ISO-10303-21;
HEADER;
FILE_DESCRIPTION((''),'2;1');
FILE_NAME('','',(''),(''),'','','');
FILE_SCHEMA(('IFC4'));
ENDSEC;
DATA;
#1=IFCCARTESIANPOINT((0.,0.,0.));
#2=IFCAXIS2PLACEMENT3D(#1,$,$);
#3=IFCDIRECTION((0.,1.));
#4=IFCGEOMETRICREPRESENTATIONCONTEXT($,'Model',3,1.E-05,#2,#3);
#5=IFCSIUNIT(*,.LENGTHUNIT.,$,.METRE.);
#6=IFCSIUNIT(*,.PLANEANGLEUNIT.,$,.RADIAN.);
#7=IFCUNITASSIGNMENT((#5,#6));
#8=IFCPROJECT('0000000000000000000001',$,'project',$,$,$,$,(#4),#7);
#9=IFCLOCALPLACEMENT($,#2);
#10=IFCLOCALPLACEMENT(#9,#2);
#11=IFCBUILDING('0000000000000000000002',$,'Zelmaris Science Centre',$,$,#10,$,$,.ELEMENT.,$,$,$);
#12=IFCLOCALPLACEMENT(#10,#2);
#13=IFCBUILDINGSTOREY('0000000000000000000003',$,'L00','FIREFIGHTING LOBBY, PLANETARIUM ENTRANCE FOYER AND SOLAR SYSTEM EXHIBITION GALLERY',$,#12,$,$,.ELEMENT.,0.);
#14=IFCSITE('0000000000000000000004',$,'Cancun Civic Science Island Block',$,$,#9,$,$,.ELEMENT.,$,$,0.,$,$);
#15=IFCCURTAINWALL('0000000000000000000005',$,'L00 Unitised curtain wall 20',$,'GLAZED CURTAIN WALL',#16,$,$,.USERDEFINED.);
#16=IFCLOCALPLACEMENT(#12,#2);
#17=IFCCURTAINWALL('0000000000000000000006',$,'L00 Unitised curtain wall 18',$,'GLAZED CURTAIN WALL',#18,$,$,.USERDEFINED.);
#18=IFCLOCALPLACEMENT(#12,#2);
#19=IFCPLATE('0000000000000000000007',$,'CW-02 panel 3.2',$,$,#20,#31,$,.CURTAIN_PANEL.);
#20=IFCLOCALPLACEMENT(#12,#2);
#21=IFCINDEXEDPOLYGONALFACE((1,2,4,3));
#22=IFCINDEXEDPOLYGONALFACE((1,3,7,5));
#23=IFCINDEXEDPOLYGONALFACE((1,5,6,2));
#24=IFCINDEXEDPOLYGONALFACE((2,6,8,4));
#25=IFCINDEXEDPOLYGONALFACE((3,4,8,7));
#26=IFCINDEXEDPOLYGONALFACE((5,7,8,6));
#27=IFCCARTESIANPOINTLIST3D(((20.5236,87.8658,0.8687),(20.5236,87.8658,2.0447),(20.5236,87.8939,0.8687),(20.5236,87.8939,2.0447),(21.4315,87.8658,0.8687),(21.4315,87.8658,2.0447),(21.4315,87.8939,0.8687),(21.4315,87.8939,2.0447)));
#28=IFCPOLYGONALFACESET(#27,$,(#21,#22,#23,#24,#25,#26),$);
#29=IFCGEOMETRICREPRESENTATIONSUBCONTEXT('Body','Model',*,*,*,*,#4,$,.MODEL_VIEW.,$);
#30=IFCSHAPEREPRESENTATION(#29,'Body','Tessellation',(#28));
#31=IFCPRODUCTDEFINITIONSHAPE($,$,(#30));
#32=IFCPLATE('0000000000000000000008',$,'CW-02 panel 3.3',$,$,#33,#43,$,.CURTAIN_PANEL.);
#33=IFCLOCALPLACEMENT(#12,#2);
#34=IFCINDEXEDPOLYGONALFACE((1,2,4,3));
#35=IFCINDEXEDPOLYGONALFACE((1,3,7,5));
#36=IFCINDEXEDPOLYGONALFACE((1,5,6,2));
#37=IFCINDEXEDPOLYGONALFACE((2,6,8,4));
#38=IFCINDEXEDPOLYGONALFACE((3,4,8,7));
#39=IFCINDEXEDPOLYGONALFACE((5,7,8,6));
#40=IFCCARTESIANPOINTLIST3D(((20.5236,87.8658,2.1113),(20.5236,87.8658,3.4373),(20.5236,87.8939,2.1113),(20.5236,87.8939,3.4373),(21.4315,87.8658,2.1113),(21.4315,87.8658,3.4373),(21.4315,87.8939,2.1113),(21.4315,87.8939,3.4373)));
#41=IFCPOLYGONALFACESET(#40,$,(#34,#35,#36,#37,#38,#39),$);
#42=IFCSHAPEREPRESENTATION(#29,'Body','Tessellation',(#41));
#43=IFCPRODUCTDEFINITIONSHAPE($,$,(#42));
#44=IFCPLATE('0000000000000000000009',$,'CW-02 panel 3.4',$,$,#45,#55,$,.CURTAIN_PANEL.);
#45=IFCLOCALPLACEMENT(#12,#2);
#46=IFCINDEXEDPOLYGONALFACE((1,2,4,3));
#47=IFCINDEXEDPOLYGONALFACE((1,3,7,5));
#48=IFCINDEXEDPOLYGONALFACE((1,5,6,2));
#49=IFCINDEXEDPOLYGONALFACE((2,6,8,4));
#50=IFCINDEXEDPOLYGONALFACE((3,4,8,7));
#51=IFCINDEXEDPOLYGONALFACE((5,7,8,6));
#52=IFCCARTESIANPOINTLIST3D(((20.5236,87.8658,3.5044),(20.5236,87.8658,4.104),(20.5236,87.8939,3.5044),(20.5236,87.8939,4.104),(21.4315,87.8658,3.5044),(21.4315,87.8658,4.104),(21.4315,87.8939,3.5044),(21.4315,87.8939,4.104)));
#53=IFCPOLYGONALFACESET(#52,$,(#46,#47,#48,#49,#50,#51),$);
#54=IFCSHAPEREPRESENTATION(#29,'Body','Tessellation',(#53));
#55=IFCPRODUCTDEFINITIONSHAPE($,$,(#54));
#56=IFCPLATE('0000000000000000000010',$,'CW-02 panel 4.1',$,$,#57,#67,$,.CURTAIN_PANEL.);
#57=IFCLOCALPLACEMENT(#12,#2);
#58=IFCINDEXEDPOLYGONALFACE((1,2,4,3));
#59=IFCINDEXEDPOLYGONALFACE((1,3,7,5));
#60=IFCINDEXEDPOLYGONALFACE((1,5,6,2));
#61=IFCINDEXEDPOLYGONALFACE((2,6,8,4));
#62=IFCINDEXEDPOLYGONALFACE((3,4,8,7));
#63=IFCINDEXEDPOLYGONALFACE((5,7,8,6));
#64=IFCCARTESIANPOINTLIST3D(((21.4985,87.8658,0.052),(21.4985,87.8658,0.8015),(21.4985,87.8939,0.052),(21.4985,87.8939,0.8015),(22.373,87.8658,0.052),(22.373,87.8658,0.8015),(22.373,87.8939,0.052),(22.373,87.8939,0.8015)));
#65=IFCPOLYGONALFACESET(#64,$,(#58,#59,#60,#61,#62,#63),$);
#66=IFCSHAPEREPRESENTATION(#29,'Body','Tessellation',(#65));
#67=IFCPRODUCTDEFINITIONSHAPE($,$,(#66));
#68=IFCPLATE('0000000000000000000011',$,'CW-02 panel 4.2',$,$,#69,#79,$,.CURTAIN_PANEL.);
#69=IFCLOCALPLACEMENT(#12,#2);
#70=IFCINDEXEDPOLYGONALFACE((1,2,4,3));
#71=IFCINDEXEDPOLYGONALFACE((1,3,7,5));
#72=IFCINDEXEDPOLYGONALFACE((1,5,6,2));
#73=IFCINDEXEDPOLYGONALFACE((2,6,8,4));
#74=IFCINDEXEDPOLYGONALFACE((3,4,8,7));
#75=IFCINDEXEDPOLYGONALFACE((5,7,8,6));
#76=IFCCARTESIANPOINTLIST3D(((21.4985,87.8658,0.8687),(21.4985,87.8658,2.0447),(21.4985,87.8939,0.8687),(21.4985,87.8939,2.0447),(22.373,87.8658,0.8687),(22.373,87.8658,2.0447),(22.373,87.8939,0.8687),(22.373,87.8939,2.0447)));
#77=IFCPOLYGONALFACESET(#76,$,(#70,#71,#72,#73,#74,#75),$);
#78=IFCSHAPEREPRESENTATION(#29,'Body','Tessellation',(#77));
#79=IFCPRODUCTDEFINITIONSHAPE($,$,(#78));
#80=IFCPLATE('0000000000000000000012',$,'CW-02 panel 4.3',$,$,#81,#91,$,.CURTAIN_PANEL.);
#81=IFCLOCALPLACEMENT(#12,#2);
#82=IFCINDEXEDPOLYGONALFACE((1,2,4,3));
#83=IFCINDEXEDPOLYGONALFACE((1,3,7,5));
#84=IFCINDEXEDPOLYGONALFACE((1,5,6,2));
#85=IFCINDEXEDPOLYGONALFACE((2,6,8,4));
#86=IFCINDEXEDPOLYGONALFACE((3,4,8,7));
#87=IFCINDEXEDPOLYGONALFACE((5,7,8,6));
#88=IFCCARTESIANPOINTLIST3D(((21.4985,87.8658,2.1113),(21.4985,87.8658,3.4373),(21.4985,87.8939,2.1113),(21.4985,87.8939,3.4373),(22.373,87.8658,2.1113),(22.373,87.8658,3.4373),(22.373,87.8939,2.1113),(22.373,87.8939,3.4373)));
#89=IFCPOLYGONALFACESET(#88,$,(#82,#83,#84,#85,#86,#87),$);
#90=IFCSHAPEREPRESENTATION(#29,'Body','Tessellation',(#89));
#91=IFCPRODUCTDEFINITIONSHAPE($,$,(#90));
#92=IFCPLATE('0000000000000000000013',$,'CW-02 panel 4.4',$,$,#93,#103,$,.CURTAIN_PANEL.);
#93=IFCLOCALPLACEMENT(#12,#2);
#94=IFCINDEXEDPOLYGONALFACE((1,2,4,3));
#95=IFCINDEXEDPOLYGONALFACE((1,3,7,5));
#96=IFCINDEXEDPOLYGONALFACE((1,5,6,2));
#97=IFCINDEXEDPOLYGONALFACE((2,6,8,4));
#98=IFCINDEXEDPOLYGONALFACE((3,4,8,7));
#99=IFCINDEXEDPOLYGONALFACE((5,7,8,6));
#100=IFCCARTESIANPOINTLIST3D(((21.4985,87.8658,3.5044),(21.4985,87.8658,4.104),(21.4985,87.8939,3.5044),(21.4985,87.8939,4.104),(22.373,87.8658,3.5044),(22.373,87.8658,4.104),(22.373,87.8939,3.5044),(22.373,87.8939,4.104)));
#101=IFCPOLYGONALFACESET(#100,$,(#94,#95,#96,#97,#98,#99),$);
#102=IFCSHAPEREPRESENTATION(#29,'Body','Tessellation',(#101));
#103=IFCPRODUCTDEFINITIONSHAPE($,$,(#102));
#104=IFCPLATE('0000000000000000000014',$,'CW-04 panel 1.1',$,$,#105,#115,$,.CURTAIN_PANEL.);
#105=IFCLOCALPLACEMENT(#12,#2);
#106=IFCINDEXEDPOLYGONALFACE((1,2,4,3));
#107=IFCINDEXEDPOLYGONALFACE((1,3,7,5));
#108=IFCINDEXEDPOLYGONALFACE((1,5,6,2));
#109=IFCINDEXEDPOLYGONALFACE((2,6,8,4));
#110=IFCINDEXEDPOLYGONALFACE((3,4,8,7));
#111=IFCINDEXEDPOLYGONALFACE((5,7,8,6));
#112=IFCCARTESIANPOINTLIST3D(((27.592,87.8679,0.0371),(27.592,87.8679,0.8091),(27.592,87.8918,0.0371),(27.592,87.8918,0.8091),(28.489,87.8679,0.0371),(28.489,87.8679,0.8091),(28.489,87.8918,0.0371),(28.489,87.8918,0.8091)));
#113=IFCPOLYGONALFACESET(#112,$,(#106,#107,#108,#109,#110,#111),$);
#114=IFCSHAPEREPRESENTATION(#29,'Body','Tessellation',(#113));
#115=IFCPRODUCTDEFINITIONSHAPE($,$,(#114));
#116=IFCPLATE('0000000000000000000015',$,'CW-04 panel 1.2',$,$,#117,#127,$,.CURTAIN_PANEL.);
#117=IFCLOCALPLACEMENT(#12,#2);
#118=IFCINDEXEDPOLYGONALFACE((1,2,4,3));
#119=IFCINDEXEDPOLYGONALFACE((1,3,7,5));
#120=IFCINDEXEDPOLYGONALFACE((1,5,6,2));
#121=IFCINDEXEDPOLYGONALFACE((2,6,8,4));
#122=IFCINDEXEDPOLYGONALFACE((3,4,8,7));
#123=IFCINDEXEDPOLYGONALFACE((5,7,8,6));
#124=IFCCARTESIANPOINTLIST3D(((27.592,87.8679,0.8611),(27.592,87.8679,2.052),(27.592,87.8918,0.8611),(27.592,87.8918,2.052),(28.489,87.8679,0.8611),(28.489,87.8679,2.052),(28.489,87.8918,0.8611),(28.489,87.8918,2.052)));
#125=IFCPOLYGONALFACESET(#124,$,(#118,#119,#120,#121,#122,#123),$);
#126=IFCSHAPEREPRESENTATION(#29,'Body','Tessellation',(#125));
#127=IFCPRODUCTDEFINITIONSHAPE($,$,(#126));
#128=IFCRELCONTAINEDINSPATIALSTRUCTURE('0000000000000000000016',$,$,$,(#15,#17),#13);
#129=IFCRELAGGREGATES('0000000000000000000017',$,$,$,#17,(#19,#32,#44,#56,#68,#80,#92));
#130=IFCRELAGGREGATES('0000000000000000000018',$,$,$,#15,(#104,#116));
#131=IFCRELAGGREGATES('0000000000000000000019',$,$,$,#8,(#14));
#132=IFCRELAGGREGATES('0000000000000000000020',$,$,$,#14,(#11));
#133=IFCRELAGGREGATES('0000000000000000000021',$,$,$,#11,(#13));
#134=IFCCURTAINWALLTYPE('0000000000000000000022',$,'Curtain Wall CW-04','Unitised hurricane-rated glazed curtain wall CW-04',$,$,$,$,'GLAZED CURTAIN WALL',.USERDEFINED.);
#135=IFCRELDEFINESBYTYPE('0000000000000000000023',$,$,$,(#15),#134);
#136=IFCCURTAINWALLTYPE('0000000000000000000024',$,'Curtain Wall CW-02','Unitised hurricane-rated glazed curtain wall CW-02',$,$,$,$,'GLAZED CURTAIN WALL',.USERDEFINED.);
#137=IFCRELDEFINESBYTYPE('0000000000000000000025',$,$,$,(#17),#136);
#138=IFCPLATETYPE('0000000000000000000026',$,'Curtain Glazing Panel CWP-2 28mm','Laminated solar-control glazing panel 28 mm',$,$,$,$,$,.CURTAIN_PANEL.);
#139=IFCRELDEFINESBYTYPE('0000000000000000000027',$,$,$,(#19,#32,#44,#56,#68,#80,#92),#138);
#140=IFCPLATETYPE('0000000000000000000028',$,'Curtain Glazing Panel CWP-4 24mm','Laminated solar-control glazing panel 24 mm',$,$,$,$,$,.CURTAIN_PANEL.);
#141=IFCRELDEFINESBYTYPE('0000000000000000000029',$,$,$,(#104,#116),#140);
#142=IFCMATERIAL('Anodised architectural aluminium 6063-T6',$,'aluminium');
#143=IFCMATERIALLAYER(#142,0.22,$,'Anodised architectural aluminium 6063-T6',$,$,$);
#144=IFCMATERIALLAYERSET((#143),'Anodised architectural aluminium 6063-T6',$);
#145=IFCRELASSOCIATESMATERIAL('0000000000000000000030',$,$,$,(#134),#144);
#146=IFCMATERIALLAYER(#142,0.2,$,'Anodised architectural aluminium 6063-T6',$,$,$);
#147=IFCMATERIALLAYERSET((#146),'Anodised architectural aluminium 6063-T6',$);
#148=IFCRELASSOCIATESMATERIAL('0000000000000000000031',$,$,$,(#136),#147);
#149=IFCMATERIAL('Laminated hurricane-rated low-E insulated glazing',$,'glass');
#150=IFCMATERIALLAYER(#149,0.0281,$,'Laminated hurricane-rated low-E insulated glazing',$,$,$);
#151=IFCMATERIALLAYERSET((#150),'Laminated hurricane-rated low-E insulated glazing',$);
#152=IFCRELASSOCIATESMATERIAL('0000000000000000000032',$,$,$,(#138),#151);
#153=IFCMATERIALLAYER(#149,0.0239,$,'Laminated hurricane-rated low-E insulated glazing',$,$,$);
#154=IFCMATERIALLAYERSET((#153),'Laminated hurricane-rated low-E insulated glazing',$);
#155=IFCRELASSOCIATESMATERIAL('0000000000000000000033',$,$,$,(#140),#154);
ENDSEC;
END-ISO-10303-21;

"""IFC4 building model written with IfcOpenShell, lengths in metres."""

from ifc_helpers import new_model, si_unit, direction, frame, origin, origin_2d, place, context, subcontext, project, spatial, rectangle, extrude, material, layer, layer_set, type_object, element, aggregate, save


model = new_model("IFC4")

# Units and contexts
model_context = context("Model", 3, precision=1e-05, world=origin(), true_north=direction((0.0, 1.0)))
body_context = subcontext(model_context, "Body", "Model", "MODEL_VIEW")
ifc_project = project(units=[si_unit("LENGTHUNIT", "METRE"), si_unit("PLANEANGLEUNIT", "RADIAN")], contexts=[model_context])

# Site, building, storey
site_placement = place(None, origin())
site = spatial("IfcSite", under=ifc_project, at=site_placement, Name="Cancun Civic Science Island Block", CompositionType="ELEMENT", RefElevation=0.0)
building_placement = place(site_placement, origin())
building = spatial("IfcBuilding", under=site, at=building_placement, Name="Zelmaris Science Centre", CompositionType="ELEMENT")
storey_placement = place(building_placement, origin())
storey = spatial("IfcBuildingStorey", under=building, at=storey_placement, Name="L00", Description="FIREFIGHTING LOBBY, PLANETARIUM ENTRANCE FOYER AND SOLAR SYSTEM EXHIBITION GALLERY", CompositionType="ELEMENT", Elevation=0.0)

# Curtain wall
ifc_material_1 = material(Name="Anodised architectural aluminium 6063-T6", Category="aluminium")
ifc_layer_1 = layer(ifc_material_1, 0.22, Name="Anodised architectural aluminium 6063-T6")
ifc_layer_set_1 = layer_set([ifc_layer_1], Name="Anodised architectural aluminium 6063-T6")
curtain_wall_type_1 = type_object("IfcCurtainWallType", Name="Curtain Wall CW-04", Description="Unitised hurricane-rated glazed curtain wall CW-04", ElementType="GLAZED CURTAIN WALL", PredefinedType="USERDEFINED", material=ifc_layer_set_1)
curtain_wall_1_placement = place(storey_placement, origin())
curtain_wall_1 = element("IfcCurtainWall", 1, at=curtain_wall_1_placement, inside=storey, type_object=curtain_wall_type_1, Name="L00 Unitised curtain wall 20", ObjectType="GLAZED CURTAIN WALL", PredefinedType="USERDEFINED")

# Curtain wall
ifc_layer_2 = layer(ifc_material_1, 0.2, Name="Anodised architectural aluminium 6063-T6")
ifc_layer_set_2 = layer_set([ifc_layer_2], Name="Anodised architectural aluminium 6063-T6")
curtain_wall_type_2 = type_object("IfcCurtainWallType", Name="Curtain Wall CW-02", Description="Unitised hurricane-rated glazed curtain wall CW-02", ElementType="GLAZED CURTAIN WALL", PredefinedType="USERDEFINED", material=ifc_layer_set_2)
curtain_wall_2_placement = place(storey_placement, origin())
curtain_wall_2 = element("IfcCurtainWall", 2, at=curtain_wall_2_placement, inside=storey, type_object=curtain_wall_type_2, Name="L00 Unitised curtain wall 18", ObjectType="GLAZED CURTAIN WALL", PredefinedType="USERDEFINED")

# Plates
ifc_material_2 = material(Name="Laminated hurricane-rated low-E insulated glazing", Category="glass")
ifc_layer_3 = layer(ifc_material_2, 0.0281, Name="Laminated hurricane-rated low-E insulated glazing")
ifc_layer_set_3 = layer_set([ifc_layer_3], Name="Laminated hurricane-rated low-E insulated glazing")
plate_type_1 = type_object("IfcPlateType", Name="Curtain Glazing Panel CWP-2 28mm", Description="Laminated solar-control glazing panel 28 mm", PredefinedType="CURTAIN_PANEL", material=ifc_layer_set_3)
plate_1_placement = place(storey_placement, frame((20.9775, 87.8799, 0.8687), z_axis=(0.0, 0.0, 1.0), x_axis=(1.0, 0.0, 0.0)))
plate_1 = element("IfcPlate", 3, at=plate_1_placement, type_object=plate_type_1, Name="CW-02 panel 3.2", PredefinedType="CURTAIN_PANEL", context=body_context, shape_type="SweptSolid", body=[
    extrude(rectangle(XDim=0.908, YDim=0.0281, at=origin_2d()), origin(), (0.0, 0.0, 1.0), 1.176),
])
plate_2_placement = place(storey_placement, frame((20.9775, 87.8799, 2.1113), z_axis=(0.0, 0.0, 1.0), x_axis=(1.0, 0.0, 0.0)))
plate_2 = element("IfcPlate", 4, at=plate_2_placement, type_object=plate_type_1, Name="CW-02 panel 3.3", PredefinedType="CURTAIN_PANEL", context=body_context, shape_type="SweptSolid", body=[
    extrude(rectangle(XDim=0.908, YDim=0.0281, at=origin_2d()), origin(), (0.0, 0.0, 1.0), 1.3259),
])
plate_3_placement = place(storey_placement, frame((20.9775, 87.8799, 3.5044), z_axis=(0.0, 0.0, 1.0), x_axis=(1.0, 0.0, 0.0)))
plate_3 = element("IfcPlate", 5, at=plate_3_placement, type_object=plate_type_1, Name="CW-02 panel 3.4", PredefinedType="CURTAIN_PANEL", context=body_context, shape_type="SweptSolid", body=[
    extrude(rectangle(XDim=0.908, YDim=0.0281, at=origin_2d()), origin(), (0.0, 0.0, 1.0), 0.5996),
])
plate_4_placement = place(storey_placement, frame((21.9358, 87.8799, 0.052), z_axis=(0.0, 0.0, 1.0), x_axis=(1.0, 0.0, 0.0)))
plate_4 = element("IfcPlate", 6, at=plate_4_placement, type_object=plate_type_1, Name="CW-02 panel 4.1", PredefinedType="CURTAIN_PANEL", context=body_context, shape_type="SweptSolid", body=[
    extrude(rectangle(XDim=0.8745, YDim=0.0281, at=origin_2d()), origin(), (0.0, 0.0, 1.0), 0.7495),
])
plate_5_placement = place(storey_placement, frame((21.9358, 87.8799, 0.8687), z_axis=(0.0, 0.0, 1.0), x_axis=(1.0, 0.0, 0.0)))
plate_5 = element("IfcPlate", 7, at=plate_5_placement, type_object=plate_type_1, Name="CW-02 panel 4.2", PredefinedType="CURTAIN_PANEL", context=body_context, shape_type="SweptSolid", body=[
    extrude(rectangle(XDim=0.8745, YDim=0.0281, at=origin_2d()), origin(), (0.0, 0.0, 1.0), 1.176),
])
plate_6_placement = place(storey_placement, frame((21.9358, 87.8799, 2.1113), z_axis=(0.0, 0.0, 1.0), x_axis=(1.0, 0.0, 0.0)))
plate_6 = element("IfcPlate", 8, at=plate_6_placement, type_object=plate_type_1, Name="CW-02 panel 4.3", PredefinedType="CURTAIN_PANEL", context=body_context, shape_type="SweptSolid", body=[
    extrude(rectangle(XDim=0.8745, YDim=0.0281, at=origin_2d()), origin(), (0.0, 0.0, 1.0), 1.3259),
])
plate_7_placement = place(storey_placement, frame((21.9358, 87.8799, 3.5044), z_axis=(0.0, 0.0, 1.0), x_axis=(1.0, 0.0, 0.0)))
plate_7 = element("IfcPlate", 9, at=plate_7_placement, type_object=plate_type_1, Name="CW-02 panel 4.4", PredefinedType="CURTAIN_PANEL", context=body_context, shape_type="SweptSolid", body=[
    extrude(rectangle(XDim=0.8745, YDim=0.0281, at=origin_2d()), origin(), (0.0, 0.0, 1.0), 0.5996),
])
aggregate(curtain_wall_2, [plate_1, plate_2, plate_3, plate_4, plate_5, plate_6, plate_7])
ifc_layer_4 = layer(ifc_material_2, 0.0239, Name="Laminated hurricane-rated low-E insulated glazing")
ifc_layer_set_4 = layer_set([ifc_layer_4], Name="Laminated hurricane-rated low-E insulated glazing")
plate_type_2 = type_object("IfcPlateType", Name="Curtain Glazing Panel CWP-4 24mm", Description="Laminated solar-control glazing panel 24 mm", PredefinedType="CURTAIN_PANEL", material=ifc_layer_set_4)
plate_8_placement = place(storey_placement, frame((28.0405, 87.8799, 0.0371), z_axis=(0.0, 0.0, 1.0), x_axis=(1.0, 0.0, 0.0)))
plate_8 = element("IfcPlate", 10, at=plate_8_placement, type_object=plate_type_2, Name="CW-04 panel 1.1", PredefinedType="CURTAIN_PANEL", context=body_context, shape_type="SweptSolid", body=[
    extrude(rectangle(XDim=0.897, YDim=0.0239, at=origin_2d()), origin(), (0.0, 0.0, 1.0), 0.772),
])
plate_9_placement = place(storey_placement, frame((28.0405, 87.8799, 0.8611), z_axis=(0.0, 0.0, 1.0), x_axis=(1.0, 0.0, 0.0)))
plate_9 = element("IfcPlate", 11, at=plate_9_placement, type_object=plate_type_2, Name="CW-04 panel 1.2", PredefinedType="CURTAIN_PANEL", context=body_context, shape_type="SweptSolid", body=[
    extrude(rectangle(XDim=0.897, YDim=0.0239, at=origin_2d()), origin(), (0.0, 0.0, 1.0), 1.1909),
])
aggregate(curtain_wall_1, [plate_8, plate_9])

save(model, "model.ifc")
